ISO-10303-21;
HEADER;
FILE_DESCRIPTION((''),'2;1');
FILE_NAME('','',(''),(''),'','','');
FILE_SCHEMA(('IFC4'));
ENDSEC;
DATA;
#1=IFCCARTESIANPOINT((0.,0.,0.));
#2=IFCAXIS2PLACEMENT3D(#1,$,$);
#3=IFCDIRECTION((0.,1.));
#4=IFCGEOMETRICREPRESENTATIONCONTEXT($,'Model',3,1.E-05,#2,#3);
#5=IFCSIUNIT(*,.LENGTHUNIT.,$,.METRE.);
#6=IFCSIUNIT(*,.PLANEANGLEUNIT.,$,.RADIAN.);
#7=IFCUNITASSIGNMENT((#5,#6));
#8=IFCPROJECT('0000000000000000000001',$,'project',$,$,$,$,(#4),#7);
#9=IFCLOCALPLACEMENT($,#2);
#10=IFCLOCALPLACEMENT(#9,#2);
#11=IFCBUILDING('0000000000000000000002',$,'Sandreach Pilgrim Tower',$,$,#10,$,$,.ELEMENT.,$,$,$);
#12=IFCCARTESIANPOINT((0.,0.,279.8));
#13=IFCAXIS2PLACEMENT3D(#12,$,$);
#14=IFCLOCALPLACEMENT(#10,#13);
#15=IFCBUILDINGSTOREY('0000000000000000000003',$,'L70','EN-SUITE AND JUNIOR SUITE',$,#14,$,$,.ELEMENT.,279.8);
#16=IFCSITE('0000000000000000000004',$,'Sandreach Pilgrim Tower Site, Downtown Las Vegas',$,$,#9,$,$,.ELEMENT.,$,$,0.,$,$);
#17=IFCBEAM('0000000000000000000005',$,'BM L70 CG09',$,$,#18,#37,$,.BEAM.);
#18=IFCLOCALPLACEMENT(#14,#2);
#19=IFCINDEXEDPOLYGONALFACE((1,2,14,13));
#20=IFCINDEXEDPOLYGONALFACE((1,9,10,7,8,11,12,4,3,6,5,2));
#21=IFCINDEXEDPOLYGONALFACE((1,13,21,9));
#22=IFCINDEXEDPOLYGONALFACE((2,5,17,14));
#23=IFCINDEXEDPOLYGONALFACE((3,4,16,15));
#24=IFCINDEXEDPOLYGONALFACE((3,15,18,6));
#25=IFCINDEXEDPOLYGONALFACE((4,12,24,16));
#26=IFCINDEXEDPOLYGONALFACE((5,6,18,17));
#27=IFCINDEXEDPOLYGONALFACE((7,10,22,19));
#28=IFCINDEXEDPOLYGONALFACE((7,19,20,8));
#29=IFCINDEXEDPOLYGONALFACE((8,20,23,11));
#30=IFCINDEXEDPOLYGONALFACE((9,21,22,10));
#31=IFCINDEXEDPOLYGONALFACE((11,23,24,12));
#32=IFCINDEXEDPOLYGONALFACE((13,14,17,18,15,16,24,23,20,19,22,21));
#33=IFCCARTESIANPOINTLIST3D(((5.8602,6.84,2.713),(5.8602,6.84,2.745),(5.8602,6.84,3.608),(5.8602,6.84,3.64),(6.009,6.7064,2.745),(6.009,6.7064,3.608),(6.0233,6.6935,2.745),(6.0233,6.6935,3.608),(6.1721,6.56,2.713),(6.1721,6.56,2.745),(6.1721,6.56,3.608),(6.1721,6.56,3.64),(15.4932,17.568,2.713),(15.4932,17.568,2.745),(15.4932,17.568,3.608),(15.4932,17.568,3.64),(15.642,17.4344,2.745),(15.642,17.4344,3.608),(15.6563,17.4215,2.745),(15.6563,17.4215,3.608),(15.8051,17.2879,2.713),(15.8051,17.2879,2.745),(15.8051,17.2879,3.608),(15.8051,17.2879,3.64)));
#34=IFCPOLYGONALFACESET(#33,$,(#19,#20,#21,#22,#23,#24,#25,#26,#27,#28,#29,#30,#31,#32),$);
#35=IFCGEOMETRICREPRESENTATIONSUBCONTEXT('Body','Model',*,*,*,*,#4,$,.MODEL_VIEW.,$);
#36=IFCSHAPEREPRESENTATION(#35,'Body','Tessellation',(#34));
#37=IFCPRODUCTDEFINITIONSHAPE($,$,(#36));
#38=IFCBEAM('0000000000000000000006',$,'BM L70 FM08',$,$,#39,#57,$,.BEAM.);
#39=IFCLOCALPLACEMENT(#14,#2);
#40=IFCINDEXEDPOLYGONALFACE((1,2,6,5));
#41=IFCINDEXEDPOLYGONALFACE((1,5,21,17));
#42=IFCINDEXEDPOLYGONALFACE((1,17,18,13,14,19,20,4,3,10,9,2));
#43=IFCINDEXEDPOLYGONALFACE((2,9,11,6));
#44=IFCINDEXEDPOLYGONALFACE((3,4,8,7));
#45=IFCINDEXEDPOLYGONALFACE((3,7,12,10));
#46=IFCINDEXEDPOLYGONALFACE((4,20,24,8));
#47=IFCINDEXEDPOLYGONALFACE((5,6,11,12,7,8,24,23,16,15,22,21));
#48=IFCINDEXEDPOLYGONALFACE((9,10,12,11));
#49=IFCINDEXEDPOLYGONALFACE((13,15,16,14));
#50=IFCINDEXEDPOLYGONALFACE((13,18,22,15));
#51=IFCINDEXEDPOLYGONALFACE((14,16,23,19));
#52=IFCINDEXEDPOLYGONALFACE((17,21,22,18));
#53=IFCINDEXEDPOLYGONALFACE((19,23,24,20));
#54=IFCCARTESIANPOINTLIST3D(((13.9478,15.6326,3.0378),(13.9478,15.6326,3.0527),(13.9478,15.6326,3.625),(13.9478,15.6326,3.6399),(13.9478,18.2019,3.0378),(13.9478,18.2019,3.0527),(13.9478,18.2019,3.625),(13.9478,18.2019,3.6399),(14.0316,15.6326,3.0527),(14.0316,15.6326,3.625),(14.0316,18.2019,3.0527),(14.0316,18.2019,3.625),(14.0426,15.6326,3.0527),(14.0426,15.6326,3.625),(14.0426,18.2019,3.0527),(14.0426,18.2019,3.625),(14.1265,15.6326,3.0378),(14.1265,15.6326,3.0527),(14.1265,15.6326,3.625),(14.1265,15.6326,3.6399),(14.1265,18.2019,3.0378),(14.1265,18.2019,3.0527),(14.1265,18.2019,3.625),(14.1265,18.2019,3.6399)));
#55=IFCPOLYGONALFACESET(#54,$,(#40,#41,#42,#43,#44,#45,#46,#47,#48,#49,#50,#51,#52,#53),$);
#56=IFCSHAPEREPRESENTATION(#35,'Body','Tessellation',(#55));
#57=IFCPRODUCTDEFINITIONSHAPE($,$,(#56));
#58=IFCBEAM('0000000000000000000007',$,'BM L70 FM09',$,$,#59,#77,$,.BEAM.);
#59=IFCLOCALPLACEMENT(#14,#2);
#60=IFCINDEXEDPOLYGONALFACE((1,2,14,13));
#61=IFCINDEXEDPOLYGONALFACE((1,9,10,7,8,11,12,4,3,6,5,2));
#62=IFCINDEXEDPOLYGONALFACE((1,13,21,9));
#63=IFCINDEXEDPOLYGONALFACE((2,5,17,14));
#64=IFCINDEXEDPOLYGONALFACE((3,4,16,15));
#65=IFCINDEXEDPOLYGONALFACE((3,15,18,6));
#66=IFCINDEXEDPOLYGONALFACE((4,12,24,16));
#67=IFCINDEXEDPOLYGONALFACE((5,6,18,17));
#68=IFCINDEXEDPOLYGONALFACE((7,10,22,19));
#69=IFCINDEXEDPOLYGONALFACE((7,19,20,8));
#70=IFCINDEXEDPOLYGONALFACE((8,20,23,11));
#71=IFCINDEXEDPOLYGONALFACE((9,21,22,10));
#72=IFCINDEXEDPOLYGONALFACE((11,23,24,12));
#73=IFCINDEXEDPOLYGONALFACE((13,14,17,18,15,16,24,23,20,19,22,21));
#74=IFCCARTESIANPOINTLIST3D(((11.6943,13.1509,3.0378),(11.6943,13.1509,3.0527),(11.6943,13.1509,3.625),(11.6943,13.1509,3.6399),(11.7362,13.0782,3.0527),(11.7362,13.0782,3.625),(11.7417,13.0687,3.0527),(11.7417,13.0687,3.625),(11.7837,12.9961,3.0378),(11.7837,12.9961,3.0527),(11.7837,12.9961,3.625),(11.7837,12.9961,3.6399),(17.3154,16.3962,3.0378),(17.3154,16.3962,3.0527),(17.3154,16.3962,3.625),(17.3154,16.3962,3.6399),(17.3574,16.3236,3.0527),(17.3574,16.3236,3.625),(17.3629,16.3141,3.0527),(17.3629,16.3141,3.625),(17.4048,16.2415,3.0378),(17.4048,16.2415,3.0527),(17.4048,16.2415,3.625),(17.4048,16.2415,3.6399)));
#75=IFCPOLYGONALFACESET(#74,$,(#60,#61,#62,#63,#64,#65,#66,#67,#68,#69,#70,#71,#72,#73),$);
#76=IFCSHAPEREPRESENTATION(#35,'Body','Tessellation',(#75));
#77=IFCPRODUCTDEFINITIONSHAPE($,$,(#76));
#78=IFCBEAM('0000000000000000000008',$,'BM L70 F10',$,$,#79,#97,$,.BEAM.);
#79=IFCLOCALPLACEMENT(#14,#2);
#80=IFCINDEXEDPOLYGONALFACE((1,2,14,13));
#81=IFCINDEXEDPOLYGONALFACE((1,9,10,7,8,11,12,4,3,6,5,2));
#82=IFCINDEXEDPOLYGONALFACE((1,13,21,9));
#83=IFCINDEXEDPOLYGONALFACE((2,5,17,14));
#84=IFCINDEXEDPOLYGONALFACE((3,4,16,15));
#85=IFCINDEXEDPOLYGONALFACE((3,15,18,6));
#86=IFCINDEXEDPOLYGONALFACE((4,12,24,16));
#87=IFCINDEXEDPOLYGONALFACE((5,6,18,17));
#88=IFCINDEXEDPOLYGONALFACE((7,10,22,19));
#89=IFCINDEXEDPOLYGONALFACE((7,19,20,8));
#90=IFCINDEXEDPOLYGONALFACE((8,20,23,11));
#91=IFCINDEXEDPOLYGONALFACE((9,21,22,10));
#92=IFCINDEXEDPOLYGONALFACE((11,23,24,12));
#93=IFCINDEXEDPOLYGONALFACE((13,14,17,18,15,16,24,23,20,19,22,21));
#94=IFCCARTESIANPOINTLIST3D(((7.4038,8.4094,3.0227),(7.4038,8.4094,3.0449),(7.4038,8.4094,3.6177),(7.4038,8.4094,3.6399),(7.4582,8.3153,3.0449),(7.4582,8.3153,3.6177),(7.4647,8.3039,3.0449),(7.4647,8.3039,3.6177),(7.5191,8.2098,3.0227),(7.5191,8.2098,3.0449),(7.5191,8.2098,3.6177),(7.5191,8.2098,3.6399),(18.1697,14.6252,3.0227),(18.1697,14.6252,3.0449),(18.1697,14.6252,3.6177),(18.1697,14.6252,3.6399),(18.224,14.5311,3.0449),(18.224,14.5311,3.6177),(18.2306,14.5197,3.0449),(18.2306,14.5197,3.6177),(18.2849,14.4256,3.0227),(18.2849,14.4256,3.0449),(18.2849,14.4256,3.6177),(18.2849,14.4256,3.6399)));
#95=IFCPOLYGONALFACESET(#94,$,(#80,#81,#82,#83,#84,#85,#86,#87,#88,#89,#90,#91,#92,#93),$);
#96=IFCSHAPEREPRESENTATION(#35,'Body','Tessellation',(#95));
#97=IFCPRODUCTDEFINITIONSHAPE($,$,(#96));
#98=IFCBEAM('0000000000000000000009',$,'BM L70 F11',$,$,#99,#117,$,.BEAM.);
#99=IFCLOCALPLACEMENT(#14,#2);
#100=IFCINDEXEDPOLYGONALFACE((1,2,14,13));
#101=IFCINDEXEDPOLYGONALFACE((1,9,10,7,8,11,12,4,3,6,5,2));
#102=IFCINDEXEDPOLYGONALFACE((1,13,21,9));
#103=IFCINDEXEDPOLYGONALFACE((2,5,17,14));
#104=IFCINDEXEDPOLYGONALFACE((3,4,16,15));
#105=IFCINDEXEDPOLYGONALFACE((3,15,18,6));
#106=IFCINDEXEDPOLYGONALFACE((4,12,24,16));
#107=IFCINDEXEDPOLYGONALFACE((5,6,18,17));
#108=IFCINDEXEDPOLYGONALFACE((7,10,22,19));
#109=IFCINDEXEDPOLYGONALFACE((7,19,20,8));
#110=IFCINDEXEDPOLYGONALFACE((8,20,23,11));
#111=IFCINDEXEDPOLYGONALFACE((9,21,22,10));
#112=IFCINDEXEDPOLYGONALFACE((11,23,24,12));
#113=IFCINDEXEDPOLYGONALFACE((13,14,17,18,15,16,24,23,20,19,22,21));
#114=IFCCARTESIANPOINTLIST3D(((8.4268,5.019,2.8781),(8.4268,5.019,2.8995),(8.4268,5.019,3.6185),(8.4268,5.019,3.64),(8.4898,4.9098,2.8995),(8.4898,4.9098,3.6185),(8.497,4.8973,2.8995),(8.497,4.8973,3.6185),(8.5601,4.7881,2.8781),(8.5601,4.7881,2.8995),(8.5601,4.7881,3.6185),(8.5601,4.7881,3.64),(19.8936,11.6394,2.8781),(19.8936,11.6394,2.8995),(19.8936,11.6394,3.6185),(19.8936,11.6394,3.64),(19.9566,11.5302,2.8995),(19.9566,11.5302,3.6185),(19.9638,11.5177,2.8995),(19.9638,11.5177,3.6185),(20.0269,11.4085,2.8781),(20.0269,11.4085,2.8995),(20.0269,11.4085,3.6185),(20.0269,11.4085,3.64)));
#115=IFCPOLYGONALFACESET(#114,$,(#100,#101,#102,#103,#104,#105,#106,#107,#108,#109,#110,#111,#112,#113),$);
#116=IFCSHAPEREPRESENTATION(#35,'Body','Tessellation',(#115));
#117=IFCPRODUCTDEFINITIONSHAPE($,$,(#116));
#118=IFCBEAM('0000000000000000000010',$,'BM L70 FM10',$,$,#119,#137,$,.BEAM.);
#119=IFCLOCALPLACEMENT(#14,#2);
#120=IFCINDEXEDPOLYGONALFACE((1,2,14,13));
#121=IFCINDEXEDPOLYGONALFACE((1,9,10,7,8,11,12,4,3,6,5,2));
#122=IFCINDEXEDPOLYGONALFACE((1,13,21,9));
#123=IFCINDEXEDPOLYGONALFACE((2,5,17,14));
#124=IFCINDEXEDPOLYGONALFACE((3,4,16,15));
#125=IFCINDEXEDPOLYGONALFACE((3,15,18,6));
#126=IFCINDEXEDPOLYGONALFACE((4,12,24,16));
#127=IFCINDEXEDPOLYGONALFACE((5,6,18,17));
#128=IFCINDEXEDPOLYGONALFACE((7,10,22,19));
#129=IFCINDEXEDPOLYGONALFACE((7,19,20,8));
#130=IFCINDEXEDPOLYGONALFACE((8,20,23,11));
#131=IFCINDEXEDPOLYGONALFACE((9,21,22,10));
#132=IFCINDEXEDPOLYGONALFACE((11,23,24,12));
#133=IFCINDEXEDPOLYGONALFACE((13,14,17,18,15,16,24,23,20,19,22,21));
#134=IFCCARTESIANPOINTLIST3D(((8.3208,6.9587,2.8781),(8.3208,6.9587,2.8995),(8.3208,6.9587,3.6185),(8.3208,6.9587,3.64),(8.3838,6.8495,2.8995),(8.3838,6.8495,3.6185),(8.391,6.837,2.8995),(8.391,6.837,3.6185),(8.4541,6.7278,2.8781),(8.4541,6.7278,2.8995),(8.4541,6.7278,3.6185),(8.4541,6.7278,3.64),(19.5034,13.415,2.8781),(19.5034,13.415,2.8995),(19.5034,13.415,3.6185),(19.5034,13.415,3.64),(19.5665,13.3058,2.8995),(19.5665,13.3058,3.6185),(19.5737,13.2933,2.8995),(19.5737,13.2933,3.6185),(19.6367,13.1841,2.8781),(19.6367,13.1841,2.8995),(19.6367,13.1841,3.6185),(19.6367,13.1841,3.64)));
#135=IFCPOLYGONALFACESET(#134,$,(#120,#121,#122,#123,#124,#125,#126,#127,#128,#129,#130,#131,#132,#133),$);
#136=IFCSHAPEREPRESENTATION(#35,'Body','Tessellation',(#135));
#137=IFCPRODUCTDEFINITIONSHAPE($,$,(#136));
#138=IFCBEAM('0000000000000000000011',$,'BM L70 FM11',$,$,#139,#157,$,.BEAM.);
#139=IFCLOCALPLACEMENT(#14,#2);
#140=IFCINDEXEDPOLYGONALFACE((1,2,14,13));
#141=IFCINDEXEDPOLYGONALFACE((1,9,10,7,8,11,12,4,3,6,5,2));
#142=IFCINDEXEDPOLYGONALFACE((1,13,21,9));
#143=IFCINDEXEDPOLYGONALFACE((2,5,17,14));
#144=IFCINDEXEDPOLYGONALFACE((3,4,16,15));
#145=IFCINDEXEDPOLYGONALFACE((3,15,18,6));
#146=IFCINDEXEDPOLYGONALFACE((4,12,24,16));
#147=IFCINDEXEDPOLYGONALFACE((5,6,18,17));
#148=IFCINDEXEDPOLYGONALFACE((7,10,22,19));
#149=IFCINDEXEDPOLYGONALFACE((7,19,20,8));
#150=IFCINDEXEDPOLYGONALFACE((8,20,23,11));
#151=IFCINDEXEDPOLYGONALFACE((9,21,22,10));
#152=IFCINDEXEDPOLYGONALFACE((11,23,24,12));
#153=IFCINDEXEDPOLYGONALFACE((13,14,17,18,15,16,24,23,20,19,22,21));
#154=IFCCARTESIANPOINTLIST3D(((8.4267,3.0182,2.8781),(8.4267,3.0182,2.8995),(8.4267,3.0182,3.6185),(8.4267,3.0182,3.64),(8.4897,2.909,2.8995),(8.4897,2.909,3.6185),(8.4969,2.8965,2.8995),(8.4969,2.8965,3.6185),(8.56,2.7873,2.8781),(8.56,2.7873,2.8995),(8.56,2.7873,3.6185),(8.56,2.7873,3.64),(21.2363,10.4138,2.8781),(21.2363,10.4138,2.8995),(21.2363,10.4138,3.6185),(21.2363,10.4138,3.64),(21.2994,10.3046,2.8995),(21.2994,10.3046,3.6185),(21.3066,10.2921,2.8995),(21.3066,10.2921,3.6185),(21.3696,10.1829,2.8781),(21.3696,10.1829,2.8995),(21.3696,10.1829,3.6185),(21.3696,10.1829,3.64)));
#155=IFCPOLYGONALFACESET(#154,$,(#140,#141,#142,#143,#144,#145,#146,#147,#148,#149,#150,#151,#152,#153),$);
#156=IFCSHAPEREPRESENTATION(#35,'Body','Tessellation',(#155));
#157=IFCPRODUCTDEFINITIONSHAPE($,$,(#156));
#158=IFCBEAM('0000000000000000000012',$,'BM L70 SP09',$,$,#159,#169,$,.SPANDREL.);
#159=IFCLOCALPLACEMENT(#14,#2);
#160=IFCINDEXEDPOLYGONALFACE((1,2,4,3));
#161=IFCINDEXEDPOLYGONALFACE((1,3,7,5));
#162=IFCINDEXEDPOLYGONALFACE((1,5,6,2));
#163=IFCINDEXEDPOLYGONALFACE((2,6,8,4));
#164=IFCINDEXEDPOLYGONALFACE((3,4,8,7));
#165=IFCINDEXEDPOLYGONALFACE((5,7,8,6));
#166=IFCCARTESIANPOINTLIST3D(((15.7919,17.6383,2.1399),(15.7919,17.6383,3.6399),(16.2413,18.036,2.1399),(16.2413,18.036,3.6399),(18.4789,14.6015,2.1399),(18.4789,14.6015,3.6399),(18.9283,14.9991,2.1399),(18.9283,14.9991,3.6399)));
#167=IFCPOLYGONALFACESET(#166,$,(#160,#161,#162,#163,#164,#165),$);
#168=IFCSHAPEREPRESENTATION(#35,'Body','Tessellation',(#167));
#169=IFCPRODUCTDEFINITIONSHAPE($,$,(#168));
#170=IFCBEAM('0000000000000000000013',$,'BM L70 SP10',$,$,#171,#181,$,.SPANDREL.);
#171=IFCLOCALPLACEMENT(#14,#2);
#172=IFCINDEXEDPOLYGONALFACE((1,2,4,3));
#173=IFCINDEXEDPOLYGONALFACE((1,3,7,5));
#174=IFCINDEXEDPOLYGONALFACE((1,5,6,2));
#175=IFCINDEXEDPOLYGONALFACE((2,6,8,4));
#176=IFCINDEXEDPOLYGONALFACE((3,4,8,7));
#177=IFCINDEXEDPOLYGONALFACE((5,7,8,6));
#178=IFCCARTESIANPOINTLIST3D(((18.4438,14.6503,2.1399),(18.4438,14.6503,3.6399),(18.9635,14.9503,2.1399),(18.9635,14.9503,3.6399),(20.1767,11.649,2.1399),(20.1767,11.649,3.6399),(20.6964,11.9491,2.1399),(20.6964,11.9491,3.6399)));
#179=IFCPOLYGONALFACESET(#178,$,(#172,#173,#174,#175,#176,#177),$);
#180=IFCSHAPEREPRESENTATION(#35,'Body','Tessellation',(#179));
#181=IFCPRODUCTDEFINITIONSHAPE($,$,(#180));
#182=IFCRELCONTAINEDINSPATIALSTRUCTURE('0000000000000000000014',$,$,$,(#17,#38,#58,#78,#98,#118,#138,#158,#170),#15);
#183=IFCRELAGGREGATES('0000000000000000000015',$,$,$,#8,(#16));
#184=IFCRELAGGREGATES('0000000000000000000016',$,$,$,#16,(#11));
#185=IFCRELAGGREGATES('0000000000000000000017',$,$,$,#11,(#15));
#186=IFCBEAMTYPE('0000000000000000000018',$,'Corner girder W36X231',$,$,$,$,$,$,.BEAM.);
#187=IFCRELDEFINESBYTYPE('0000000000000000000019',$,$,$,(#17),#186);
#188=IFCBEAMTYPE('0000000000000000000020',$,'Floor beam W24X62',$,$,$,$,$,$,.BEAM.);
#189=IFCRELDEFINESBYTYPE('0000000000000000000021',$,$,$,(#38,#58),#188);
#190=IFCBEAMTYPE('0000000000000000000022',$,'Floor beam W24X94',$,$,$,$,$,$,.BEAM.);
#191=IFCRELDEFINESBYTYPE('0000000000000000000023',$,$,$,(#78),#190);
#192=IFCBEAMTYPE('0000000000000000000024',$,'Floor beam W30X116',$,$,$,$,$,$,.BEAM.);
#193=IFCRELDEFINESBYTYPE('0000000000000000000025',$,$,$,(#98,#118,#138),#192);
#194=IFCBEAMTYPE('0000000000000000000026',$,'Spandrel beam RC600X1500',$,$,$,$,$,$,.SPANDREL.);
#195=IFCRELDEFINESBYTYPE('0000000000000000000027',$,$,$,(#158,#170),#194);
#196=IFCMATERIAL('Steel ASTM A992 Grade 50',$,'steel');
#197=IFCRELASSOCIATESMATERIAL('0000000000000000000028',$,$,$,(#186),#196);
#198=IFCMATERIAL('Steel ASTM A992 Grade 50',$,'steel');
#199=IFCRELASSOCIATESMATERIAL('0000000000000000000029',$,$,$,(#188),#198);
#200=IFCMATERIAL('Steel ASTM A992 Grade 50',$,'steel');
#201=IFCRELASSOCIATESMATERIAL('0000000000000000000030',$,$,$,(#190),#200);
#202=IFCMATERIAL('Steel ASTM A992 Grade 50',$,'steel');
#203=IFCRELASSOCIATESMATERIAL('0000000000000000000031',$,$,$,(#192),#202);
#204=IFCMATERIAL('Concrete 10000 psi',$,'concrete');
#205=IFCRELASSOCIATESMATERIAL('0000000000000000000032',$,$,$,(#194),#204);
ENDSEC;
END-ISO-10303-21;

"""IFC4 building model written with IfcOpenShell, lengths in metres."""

from ifc_helpers import new_model, si_unit, direction, frame, origin, origin_2d, place, context, subcontext, project, spatial, rectangle, i_section, extrude, material, material_profile, profile_set, type_object, element, save


model = new_model("IFC4")

# Units and contexts
model_context = context("Model", 3, precision=1e-05, world=origin(), true_north=direction((0.0, 1.0)))
body_context = subcontext(model_context, "Body", "Model", "MODEL_VIEW")
ifc_project = project(units=[si_unit("LENGTHUNIT", "METRE"), si_unit("PLANEANGLEUNIT", "RADIAN")], contexts=[model_context])

# Site, building, storey
site_placement = place(None, origin())
site = spatial("IfcSite", under=ifc_project, at=site_placement, Name="Sandreach Pilgrim Tower Site, Downtown Las Vegas", CompositionType="ELEMENT", RefElevation=0.0)
building_placement = place(site_placement, origin())
building = spatial("IfcBuilding", under=site, at=building_placement, Name="Sandreach Pilgrim Tower", CompositionType="ELEMENT")
storey_placement = place(building_placement, frame((0.0, 0.0, 279.8)))
storey = spatial("IfcBuildingStorey", under=building, at=storey_placement, Name="L70", Description="EN-SUITE AND JUNIOR SUITE", CompositionType="ELEMENT", Elevation=279.8)

# Beams
ifc_material_1 = material(Name="Steel ASTM A992 Grade 50", Category="steel")
ifc_material_profile_1 = material_profile(ifc_material_1, i_section(OverallWidth=0.4192, OverallDepth=0.927, WebThickness=0.0193, FlangeThickness=0.032, at=origin_2d()), Name="W36X231")
ifc_profile_set_1 = profile_set([ifc_material_profile_1], Name="Steel ASTM A992 Grade 50")
beam_type_1 = type_object("IfcBeamType", Name="Corner girder W36X231", PredefinedType="BEAM", material=ifc_profile_set_1)
beam_1_placement = place(storey_placement, frame((15.6492, 17.428, 3.1765), z_axis=(-0.668115, -0.744058, 0.0), x_axis=(0.744058, -0.668115, 0.0)))
element("IfcBeam", 1, at=beam_1_placement, inside=storey, type_object=beam_type_1, Name="BM L70 CG09", PredefinedType="BEAM", context=body_context, shape_type="SweptSolid", body=[
    extrude(i_section(OverallWidth=0.4192, OverallDepth=0.927, WebThickness=0.0193, FlangeThickness=0.032, at=origin_2d()), origin(), (0.0, 0.0, 1.0), 14.4182),
])
ifc_material_2 = material(Name="Steel ASTM A992 Grade 50", Category="steel")
ifc_material_profile_2 = material_profile(ifc_material_2, i_section(OverallWidth=0.1787, OverallDepth=0.6021, WebThickness=0.011, FlangeThickness=0.0149, at=origin_2d()), Name="W24X62")
ifc_profile_set_2 = profile_set([ifc_material_profile_2], Name="Steel ASTM A992 Grade 50")
beam_type_2 = type_object("IfcBeamType", Name="Floor beam W24X62", PredefinedType="BEAM", material=ifc_profile_set_2)
beam_2_placement = place(storey_placement, frame((14.0371, 18.2019, 3.3389), z_axis=(0.0, -1.0, 0.0), x_axis=(1.0, 0.0, 0.0)))
element("IfcBeam", 2, at=beam_2_placement, inside=storey, type_object=beam_type_2, Name="BM L70 FM08", PredefinedType="BEAM", context=body_context, shape_type="SweptSolid", body=[
    extrude(i_section(OverallWidth=0.1787, OverallDepth=0.6021, WebThickness=0.011, FlangeThickness=0.0149, at=origin_2d()), origin(), (0.0, 0.0, 1.0), 2.5693),
])
beam_3_placement = place(storey_placement, frame((17.3601, 16.3188, 3.3389), z_axis=(-0.866024, -0.500002, 0.0), x_axis=(0.500002, -0.866024, 0.0)))
element("IfcBeam", 3, at=beam_3_placement, inside=storey, type_object=beam_type_2, Name="BM L70 FM09", PredefinedType="BEAM", context=body_context, shape_type="SweptSolid", body=[
    extrude(i_section(OverallWidth=0.1787, OverallDepth=0.6021, WebThickness=0.011, FlangeThickness=0.0149, at=origin_2d()), origin(), (0.0, 0.0, 1.0), 6.4907),
])
ifc_material_3 = material(Name="Steel ASTM A992 Grade 50", Category="steel")
ifc_material_profile_3 = material_profile(ifc_material_3, i_section(OverallWidth=0.2305, OverallDepth=0.6172, WebThickness=0.0132, FlangeThickness=0.0222, at=origin_2d()), Name="W24X94")
ifc_profile_set_3 = profile_set([ifc_material_profile_3], Name="Steel ASTM A992 Grade 50")
beam_type_3 = type_object("IfcBeamType", Name="Floor beam W24X94", PredefinedType="BEAM", material=ifc_profile_set_3)
beam_4_placement = place(storey_placement, frame((18.2273, 14.5254, 3.3313), z_axis=(-0.86602, -0.500009, 0.0), x_axis=(0.500009, -0.86602, 0.0)))
element("IfcBeam", 4, at=beam_4_placement, inside=storey, type_object=beam_type_3, Name="BM L70 F10", PredefinedType="BEAM", context=body_context, shape_type="SweptSolid", body=[
    extrude(i_section(OverallWidth=0.2305, OverallDepth=0.6172, WebThickness=0.0132, FlangeThickness=0.0222, at=origin_2d()), origin(), (0.0, 0.0, 1.0), 12.4314),
])
ifc_material_4 = material(Name="Steel ASTM A992 Grade 50", Category="steel")
ifc_material_profile_4 = material_profile(ifc_material_4, i_section(OverallWidth=0.2666, OverallDepth=0.762, WebThickness=0.0144, FlangeThickness=0.0215, at=origin_2d()), Name="W30X116")
ifc_profile_set_4 = profile_set([ifc_material_profile_4], Name="Steel ASTM A992 Grade 50")
beam_type_4 = type_object("IfcBeamType", Name="Floor beam W30X116", PredefinedType="BEAM", material=ifc_profile_set_4)
beam_5_placement = place(storey_placement, frame((19.9602, 11.5239, 3.259), z_axis=(-0.866025, -0.5, 0.0), x_axis=(0.5, -0.866025, 0.0)))
element("IfcBeam", 5, at=beam_5_placement, inside=storey, type_object=beam_type_4, Name="BM L70 F11", PredefinedType="BEAM", context=body_context, shape_type="SweptSolid", body=[
    extrude(i_section(OverallWidth=0.2666, OverallDepth=0.762, WebThickness=0.0144, FlangeThickness=0.0215, at=origin_2d()), origin(), (0.0, 0.0, 1.0), 13.2407),
])
beam_6_placement = place(storey_placement, frame((19.5701, 13.2996, 3.259), z_axis=(-0.866025, -0.500001, 0.0), x_axis=(0.500001, -0.866025, 0.0)))
element("IfcBeam", 6, at=beam_6_placement, inside=storey, type_object=beam_type_4, Name="BM L70 FM10", PredefinedType="BEAM", context=body_context, shape_type="SweptSolid", body=[
    extrude(i_section(OverallWidth=0.2666, OverallDepth=0.762, WebThickness=0.0144, FlangeThickness=0.0215, at=origin_2d()), origin(), (0.0, 0.0, 1.0), 12.9126),
])
beam_7_placement = place(storey_placement, frame((21.303, 10.2983, 3.259), z_axis=(-0.866028, -0.499995, 0.0), x_axis=(0.499995, -0.866028, 0.0)))
element("IfcBeam", 7, at=beam_7_placement, inside=storey, type_object=beam_type_4, Name="BM L70 FM11", PredefinedType="BEAM", context=body_context, shape_type="SweptSolid", body=[
    extrude(i_section(OverallWidth=0.2666, OverallDepth=0.762, WebThickness=0.0144, FlangeThickness=0.0215, at=origin_2d()), origin(), (0.0, 0.0, 1.0), 14.7913),
])
ifc_material_5 = material(Name="Concrete 10000 psi", Category="concrete")
ifc_material_profile_5 = material_profile(ifc_material_5, rectangle(XDim=0.6001, YDim=1.5, at=origin_2d()), Name="RC600X1500")
ifc_profile_set_5 = profile_set([ifc_material_profile_5], Name="Concrete 10000 psi")
beam_type_5 = type_object("IfcBeamType", Name="Spandrel beam RC600X1500", PredefinedType="SPANDREL", material=ifc_profile_set_5)
beam_8_placement = place(storey_placement, frame((16.0166, 17.8372, 2.8899), z_axis=(0.662651, -0.748929, 0.0), x_axis=(0.748929, 0.662651, 0.0)))
element("IfcBeam", 8, at=beam_8_placement, inside=storey, type_object=beam_type_5, Name="BM L70 SP09", PredefinedType="SPANDREL", context=body_context, shape_type="SweptSolid", body=[
    extrude(rectangle(XDim=0.6001, YDim=1.5, at=origin_2d()), origin(), (0.0, 0.0, 1.0), 4.0549),
])
for number, where, z_axis, x_axis, name in (
    (9, (18.7036, 14.8003, 2.8899), (0.500033, -0.866006, 0.0), (0.866006, 0.500033, 0.0), "BM L70 SP10"),
):
    element("IfcBeam", number, at=place(storey_placement, frame(where, z_axis=z_axis, x_axis=x_axis)), inside=storey, type_object=beam_type_5, Name=name, PredefinedType="SPANDREL", context=body_context, shape_type="SweptSolid", body=[
        extrude(rectangle(XDim=0.6001, YDim=1.5, at=origin_2d()), origin(), (0.0, 0.0, 1.0), 3.4656),
    ])

save(model, "model.ifc")
